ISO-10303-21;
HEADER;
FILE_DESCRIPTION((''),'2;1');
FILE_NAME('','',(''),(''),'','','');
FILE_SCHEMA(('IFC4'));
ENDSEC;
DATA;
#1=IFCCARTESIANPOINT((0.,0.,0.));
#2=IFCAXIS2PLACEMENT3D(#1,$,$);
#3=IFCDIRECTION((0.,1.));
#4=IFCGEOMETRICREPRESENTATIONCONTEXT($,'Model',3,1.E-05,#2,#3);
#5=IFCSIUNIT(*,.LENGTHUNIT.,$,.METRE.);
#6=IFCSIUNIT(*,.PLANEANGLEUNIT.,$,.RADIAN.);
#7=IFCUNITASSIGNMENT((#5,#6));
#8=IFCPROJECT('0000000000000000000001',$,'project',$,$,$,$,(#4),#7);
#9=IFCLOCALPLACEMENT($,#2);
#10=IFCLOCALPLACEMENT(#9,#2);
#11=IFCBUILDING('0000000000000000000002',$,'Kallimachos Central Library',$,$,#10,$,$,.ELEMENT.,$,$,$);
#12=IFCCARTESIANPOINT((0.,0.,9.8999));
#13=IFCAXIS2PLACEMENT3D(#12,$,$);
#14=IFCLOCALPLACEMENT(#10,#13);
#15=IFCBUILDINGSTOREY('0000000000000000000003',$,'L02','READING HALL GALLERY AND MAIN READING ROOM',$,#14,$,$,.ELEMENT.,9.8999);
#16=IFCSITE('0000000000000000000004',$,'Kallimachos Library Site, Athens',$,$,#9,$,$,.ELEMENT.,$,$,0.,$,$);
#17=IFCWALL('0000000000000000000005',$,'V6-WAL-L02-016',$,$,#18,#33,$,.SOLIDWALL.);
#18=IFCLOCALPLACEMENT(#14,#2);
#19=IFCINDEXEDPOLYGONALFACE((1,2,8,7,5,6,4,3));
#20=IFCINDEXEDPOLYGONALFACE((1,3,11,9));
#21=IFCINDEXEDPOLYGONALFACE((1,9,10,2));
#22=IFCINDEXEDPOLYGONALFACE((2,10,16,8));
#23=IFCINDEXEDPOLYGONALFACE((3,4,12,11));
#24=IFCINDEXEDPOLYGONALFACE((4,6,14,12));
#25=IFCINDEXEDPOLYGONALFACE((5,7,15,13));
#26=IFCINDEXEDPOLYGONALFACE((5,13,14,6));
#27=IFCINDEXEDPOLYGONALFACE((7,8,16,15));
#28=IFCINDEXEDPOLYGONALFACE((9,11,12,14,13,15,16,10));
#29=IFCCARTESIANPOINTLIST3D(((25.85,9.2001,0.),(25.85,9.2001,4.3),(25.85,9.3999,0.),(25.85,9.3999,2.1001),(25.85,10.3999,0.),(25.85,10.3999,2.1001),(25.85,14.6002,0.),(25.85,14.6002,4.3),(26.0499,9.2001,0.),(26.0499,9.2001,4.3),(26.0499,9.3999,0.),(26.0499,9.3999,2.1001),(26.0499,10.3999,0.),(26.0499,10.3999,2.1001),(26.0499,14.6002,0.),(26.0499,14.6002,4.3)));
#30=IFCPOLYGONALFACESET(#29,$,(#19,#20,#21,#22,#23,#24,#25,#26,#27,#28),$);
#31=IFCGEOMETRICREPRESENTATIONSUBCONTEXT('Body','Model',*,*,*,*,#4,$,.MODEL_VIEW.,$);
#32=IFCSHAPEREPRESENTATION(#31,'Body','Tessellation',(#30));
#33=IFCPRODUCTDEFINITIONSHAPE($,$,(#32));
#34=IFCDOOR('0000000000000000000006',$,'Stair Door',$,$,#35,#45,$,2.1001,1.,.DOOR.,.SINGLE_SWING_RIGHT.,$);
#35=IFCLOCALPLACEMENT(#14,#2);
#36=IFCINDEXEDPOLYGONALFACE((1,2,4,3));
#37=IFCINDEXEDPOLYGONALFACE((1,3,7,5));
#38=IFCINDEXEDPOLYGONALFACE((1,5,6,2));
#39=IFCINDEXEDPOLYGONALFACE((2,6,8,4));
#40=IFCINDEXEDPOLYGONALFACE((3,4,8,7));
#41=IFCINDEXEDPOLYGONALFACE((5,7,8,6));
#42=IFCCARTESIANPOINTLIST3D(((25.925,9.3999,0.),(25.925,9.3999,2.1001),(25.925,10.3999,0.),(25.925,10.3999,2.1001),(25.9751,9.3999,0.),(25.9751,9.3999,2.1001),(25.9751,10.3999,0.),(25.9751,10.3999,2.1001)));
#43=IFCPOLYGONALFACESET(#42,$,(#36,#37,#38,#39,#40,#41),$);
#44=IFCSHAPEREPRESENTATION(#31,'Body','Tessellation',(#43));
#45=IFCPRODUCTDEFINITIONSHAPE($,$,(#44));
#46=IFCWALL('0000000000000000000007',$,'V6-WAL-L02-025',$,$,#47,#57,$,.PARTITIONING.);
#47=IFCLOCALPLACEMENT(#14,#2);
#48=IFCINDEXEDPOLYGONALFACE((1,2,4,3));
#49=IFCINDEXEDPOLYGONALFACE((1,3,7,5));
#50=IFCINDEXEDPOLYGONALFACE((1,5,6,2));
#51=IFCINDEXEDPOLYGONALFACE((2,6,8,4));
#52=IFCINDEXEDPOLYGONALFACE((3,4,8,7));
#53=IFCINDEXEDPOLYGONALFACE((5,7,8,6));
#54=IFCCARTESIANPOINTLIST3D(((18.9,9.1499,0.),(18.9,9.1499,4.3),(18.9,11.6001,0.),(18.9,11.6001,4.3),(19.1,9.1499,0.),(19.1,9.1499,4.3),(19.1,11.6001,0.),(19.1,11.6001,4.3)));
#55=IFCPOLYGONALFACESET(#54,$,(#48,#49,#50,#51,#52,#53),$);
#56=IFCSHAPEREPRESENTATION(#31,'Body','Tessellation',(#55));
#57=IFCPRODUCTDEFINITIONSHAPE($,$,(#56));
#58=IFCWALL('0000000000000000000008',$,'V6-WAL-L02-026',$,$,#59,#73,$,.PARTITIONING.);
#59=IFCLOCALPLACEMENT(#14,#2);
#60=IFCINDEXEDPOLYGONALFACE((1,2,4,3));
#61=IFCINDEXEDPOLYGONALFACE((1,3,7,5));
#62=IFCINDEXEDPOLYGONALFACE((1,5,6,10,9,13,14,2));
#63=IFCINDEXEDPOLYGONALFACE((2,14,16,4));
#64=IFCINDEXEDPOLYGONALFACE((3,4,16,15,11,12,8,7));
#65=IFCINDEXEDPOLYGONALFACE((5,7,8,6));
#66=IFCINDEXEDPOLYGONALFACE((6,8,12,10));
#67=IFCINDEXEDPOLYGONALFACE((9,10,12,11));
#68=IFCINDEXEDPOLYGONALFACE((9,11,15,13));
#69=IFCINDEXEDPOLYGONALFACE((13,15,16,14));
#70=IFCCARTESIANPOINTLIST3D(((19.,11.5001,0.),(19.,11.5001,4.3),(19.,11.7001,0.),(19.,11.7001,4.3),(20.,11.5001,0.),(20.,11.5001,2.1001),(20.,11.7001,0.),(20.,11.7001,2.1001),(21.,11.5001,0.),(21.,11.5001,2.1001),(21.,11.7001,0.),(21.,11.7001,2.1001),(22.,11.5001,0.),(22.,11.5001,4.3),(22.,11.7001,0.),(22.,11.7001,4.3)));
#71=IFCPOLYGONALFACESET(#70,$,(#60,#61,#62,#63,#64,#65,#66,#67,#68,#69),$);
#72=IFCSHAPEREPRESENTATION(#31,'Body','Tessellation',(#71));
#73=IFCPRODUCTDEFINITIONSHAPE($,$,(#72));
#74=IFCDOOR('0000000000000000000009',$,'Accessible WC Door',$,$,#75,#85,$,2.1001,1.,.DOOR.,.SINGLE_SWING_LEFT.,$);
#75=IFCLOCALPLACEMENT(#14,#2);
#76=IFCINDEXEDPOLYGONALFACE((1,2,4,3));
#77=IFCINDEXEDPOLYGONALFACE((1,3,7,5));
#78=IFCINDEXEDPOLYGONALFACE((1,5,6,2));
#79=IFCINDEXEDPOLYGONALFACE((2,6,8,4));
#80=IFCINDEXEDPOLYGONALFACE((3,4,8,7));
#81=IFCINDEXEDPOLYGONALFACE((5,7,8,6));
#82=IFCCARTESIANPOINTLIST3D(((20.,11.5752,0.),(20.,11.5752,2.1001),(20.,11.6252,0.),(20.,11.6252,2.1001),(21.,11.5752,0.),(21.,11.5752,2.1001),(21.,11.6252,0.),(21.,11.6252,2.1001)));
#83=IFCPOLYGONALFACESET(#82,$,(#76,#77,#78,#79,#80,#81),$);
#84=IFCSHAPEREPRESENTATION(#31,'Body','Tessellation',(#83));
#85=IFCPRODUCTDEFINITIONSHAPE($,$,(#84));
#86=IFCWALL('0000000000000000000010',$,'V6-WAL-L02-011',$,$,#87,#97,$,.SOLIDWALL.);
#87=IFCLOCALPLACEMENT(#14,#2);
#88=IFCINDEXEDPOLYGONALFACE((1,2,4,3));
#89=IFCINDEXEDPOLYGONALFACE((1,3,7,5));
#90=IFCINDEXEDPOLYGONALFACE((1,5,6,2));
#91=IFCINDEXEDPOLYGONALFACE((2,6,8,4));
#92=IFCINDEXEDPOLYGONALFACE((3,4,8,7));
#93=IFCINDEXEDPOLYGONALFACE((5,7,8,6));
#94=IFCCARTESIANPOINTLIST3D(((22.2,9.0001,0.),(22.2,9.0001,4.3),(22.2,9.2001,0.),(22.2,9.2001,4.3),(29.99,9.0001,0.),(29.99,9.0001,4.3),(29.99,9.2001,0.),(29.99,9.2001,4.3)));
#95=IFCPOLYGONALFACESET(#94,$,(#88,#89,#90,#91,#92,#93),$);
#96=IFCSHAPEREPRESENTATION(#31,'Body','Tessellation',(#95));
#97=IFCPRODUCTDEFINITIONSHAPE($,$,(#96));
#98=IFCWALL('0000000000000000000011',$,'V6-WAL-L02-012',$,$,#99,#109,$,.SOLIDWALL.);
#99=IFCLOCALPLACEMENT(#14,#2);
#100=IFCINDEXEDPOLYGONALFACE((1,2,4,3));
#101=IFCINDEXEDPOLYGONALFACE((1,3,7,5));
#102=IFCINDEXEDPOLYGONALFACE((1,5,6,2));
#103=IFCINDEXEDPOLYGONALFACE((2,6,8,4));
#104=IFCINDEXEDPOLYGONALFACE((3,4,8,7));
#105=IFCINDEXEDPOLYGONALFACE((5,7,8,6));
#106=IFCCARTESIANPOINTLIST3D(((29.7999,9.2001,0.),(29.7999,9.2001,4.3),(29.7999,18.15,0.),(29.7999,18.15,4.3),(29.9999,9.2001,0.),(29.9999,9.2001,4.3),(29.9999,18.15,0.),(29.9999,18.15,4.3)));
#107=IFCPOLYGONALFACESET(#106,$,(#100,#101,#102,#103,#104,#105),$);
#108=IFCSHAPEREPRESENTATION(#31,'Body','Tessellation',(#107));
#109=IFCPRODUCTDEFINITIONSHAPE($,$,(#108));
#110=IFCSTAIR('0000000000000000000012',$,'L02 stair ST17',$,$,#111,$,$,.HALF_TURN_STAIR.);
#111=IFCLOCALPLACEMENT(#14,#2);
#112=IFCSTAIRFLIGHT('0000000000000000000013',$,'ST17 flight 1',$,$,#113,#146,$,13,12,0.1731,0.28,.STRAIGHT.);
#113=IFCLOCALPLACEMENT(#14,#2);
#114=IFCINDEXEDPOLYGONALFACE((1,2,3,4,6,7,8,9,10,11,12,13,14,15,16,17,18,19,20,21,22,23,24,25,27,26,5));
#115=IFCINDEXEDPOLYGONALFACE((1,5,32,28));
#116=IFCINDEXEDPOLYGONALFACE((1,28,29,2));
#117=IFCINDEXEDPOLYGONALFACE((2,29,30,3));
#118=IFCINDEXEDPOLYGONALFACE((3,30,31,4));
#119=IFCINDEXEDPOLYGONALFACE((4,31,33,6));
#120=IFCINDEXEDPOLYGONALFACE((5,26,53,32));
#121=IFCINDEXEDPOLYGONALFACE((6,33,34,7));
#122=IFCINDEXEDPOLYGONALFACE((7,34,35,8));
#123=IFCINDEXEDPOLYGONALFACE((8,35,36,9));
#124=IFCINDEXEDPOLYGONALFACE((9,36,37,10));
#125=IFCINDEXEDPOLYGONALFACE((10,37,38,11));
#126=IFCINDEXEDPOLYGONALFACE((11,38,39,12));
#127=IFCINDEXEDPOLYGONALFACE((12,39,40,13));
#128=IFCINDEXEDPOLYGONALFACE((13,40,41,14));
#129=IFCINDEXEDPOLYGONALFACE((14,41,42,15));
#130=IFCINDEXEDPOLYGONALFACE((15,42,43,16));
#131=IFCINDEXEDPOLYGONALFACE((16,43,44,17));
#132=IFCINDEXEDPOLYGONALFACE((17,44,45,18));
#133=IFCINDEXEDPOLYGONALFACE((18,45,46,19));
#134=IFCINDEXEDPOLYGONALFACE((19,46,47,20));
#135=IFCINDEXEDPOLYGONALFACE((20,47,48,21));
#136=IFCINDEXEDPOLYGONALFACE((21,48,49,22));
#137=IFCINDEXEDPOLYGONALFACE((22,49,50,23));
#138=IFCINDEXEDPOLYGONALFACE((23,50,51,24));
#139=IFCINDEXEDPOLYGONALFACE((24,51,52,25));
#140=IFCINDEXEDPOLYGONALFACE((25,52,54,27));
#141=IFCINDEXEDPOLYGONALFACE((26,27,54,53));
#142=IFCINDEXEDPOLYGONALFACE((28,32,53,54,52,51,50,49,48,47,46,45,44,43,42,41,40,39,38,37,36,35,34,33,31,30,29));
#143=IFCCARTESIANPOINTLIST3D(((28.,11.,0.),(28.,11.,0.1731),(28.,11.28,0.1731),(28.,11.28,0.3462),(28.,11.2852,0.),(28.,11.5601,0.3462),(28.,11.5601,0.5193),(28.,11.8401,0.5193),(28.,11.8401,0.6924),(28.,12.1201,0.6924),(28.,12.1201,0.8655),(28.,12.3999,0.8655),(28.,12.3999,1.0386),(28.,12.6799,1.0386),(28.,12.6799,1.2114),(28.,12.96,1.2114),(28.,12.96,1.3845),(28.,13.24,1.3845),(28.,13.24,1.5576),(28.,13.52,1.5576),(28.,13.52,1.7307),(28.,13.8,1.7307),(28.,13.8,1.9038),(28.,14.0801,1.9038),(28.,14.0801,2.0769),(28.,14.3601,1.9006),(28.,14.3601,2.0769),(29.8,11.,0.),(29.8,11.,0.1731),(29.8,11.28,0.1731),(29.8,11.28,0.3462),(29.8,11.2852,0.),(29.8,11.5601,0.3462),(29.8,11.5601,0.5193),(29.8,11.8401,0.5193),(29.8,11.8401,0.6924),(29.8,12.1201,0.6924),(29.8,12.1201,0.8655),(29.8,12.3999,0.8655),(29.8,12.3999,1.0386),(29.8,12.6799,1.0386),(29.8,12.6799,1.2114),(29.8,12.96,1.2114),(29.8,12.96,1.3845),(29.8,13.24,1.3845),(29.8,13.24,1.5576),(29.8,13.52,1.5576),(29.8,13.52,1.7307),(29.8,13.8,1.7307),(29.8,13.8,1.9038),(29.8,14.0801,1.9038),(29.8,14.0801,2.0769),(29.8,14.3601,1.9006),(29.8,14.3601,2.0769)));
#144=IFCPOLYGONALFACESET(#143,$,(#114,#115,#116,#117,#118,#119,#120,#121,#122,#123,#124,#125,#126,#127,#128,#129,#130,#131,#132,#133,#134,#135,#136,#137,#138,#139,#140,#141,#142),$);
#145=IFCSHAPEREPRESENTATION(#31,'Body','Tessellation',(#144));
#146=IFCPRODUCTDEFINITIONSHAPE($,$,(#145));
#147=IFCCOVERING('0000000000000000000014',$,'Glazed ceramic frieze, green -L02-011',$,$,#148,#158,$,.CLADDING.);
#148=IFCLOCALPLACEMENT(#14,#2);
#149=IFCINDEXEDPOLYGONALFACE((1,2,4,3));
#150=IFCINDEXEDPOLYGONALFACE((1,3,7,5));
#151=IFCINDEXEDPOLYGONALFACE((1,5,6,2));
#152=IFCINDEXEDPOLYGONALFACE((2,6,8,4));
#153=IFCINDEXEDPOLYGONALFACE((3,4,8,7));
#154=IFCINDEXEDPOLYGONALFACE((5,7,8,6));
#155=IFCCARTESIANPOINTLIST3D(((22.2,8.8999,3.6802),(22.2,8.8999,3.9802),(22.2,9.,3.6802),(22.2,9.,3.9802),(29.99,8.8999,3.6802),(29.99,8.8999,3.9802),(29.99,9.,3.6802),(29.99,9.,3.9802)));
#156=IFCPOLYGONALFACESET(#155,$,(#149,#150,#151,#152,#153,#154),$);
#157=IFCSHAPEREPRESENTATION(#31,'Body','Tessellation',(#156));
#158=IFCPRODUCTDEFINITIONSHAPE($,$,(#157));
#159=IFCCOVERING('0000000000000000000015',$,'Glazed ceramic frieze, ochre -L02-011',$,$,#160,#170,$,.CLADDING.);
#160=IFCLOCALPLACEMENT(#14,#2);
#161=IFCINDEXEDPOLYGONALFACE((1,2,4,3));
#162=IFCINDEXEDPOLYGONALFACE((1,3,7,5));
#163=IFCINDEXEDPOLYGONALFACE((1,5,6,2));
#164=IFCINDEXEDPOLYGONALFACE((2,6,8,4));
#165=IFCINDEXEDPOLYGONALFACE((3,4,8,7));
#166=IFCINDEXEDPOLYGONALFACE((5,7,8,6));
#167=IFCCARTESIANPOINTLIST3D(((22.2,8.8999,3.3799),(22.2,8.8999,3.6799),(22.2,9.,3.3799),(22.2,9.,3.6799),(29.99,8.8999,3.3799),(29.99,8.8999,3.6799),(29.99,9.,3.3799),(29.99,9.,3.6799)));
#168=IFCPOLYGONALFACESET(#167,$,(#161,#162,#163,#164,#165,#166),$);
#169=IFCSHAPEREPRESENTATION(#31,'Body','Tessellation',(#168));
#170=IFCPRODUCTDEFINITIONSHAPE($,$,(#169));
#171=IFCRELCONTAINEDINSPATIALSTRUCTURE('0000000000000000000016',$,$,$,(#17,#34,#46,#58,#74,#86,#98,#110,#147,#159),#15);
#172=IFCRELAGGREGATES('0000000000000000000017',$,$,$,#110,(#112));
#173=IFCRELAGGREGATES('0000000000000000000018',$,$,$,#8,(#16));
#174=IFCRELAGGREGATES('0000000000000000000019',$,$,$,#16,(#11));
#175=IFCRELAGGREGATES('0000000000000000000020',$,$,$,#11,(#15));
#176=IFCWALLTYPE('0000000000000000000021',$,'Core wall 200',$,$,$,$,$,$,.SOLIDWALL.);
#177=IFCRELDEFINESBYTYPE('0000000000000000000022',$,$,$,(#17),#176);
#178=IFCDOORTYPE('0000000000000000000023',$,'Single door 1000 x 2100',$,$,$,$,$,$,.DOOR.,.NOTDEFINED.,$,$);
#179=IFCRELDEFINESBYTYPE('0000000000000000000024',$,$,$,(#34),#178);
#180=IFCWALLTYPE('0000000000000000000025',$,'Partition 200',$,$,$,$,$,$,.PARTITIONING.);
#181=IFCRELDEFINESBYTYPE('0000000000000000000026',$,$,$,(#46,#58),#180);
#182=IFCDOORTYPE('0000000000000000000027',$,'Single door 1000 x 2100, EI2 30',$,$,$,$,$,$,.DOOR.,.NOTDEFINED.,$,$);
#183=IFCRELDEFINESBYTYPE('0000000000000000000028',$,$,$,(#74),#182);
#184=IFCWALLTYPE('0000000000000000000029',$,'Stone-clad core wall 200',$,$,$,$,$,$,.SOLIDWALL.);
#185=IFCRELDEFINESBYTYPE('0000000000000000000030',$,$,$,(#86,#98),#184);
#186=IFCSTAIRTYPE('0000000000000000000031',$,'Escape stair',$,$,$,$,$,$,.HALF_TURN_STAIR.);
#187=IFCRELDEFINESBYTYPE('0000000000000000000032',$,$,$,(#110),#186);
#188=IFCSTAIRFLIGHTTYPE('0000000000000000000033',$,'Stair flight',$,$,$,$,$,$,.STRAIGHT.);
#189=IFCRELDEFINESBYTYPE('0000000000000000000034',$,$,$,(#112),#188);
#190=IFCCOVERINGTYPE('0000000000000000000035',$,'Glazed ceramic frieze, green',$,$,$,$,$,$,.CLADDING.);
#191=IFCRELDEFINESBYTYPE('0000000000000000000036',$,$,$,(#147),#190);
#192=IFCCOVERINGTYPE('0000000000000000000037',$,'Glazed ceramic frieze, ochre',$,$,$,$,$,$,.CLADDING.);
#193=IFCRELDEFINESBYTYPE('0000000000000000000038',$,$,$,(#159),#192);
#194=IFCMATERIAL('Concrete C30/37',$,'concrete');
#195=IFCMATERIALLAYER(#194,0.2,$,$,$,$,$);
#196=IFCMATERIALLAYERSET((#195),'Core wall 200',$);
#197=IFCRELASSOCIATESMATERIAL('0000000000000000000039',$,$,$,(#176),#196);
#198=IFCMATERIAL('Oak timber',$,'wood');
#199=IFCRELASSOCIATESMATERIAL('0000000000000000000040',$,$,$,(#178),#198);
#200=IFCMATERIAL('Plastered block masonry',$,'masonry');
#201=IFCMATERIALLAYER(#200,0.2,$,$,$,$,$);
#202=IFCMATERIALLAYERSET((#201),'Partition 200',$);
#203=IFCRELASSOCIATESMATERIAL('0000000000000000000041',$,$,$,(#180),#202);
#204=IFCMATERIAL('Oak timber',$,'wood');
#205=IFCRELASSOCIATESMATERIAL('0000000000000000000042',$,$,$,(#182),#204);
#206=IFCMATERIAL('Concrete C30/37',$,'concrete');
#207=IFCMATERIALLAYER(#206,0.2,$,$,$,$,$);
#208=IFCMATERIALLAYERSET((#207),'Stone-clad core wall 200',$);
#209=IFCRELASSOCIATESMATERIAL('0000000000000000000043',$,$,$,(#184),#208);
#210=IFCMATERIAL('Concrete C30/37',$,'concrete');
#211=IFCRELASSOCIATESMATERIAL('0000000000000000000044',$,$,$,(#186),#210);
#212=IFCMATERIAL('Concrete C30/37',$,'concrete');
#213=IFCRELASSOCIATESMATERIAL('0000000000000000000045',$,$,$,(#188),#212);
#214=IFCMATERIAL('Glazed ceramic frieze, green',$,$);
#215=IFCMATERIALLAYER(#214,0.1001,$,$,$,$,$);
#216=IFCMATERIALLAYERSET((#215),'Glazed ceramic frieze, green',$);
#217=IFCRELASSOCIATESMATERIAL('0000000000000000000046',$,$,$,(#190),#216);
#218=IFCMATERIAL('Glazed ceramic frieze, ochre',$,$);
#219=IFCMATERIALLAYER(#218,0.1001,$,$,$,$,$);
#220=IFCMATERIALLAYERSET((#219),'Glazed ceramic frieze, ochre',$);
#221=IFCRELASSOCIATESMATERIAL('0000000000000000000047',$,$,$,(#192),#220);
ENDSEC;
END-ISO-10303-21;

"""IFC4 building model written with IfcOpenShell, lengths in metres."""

from ifc_helpers import new_model, si_unit, direction, frame, frame_2d, origin, origin_2d, place, context, subcontext, project, spatial, polyline, rectangle, outline, extrude, material, layer, layer_set, type_object, element, fill, aggregate, save


model = new_model("IFC4")

# Units and contexts
model_context = context("Model", 3, precision=1e-05, world=origin(), true_north=direction((0.0, 1.0)))
body_context = subcontext(model_context, "Body", "Model", "MODEL_VIEW")
ifc_project = project(units=[si_unit("LENGTHUNIT", "METRE"), si_unit("PLANEANGLEUNIT", "RADIAN")], contexts=[model_context])

# Site, building, storey
site_placement = place(None, origin())
site = spatial("IfcSite", under=ifc_project, at=site_placement, Name="Kallimachos Library Site, Athens", CompositionType="ELEMENT", RefElevation=0.0)
building_placement = place(site_placement, origin())
building = spatial("IfcBuilding", under=site, at=building_placement, Name="Kallimachos Central Library", CompositionType="ELEMENT")
storey_placement = place(building_placement, frame((0.0, 0.0, 9.8999)))
storey = spatial("IfcBuildingStorey", under=building, at=storey_placement, Name="L02", Description="READING HALL GALLERY AND MAIN READING ROOM", CompositionType="ELEMENT", Elevation=9.8999)

# Wall, opening, door
ifc_material_1 = material(Name="Concrete C30/37", Category="concrete")
ifc_layer_1 = layer(ifc_material_1, 0.2)
ifc_layer_set_1 = layer_set([ifc_layer_1], Name="Core wall 200")
wall_type_1 = type_object("IfcWallType", Name="Core wall 200", PredefinedType="SOLIDWALL", material=ifc_layer_set_1)
ifc_material_2 = material(Name="Oak timber", Category="wood")
door_type_1 = type_object("IfcDoorType", Name="Single door 1000 x 2100", OperationType="NOTDEFINED", PredefinedType="DOOR", material=ifc_material_2)
wall_1_placement = place(storey_placement, frame((25.95, 9.2, 0.0), z_axis=(0.0, 0.0, 1.0), x_axis=(0.0, 1.0, 0.0)))
wall_1 = element("IfcWall", 1, at=wall_1_placement, inside=storey, type_object=wall_type_1, Name="V6-WAL-L02-016", PredefinedType="SOLIDWALL", context=body_context, shape_type="SweptSolid", body=[
    extrude(rectangle(XDim=5.4001, YDim=0.2, at=frame_2d((2.7002, 0.0))), origin(), (0.0, 0.0, 1.0), 4.3),
])
opening_1_placement = place(wall_1_placement, frame((0.2, 0.0, 0.0)))
opening_1 = element("IfcOpeningElement", 2, at=opening_1_placement, cuts=wall_1, PredefinedType="OPENING", context=body_context, shape_type="SweptSolid", body=[
    extrude(rectangle(XDim=1.0, YDim=2.1001, at=frame_2d((0.5, 1.05))), frame((0.0, 0.1099, 0.0), z_axis=(0.0, -1.0, 0.0), x_axis=(1.0, 0.0, 0.0)), (0.0, 0.0, 1.0), 0.22),
])
door_1_placement = place(opening_1_placement, origin())
door_1 = element("IfcDoor", 3, at=door_1_placement, inside=storey, type_object=door_type_1, Name="Stair Door", OperationType="SINGLE_SWING_RIGHT", OverallHeight=2.1001, OverallWidth=1.0, PredefinedType="DOOR", context=body_context, shape_type="SweptSolid", body=[
    extrude(rectangle(XDim=1.0, YDim=2.1001, at=frame_2d((0.5, 1.05))), frame((0.0, 0.0249, 0.0), z_axis=(0.0, -1.0, 0.0), x_axis=(1.0, 0.0, 0.0)), (0.0, 0.0, 1.0), 0.05),
])
fill(opening_1, door_1)

# Wall
ifc_material_3 = material(Name="Plastered block masonry", Category="masonry")
ifc_layer_2 = layer(ifc_material_3, 0.2)
ifc_layer_set_2 = layer_set([ifc_layer_2], Name="Partition 200")
wall_type_2 = type_object("IfcWallType", Name="Partition 200", PredefinedType="PARTITIONING", material=ifc_layer_set_2)
wall_2_placement = place(storey_placement, frame((19.0, 9.1499, 0.0), z_axis=(0.0, 0.0, 1.0), x_axis=(0.0, 1.0, 0.0)))
element("IfcWall", 4, at=wall_2_placement, inside=storey, type_object=wall_type_2, Name="V6-WAL-L02-025", PredefinedType="PARTITIONING", context=body_context, shape_type="SweptSolid", body=[
    extrude(rectangle(XDim=2.4502, YDim=0.2, at=frame_2d((1.2251, 0.0))), origin(), (0.0, 0.0, 1.0), 4.3),
])

# Wall, opening, door
wall_3_placement = place(storey_placement, frame((19.0, 11.6001, 0.0), z_axis=(0.0, 0.0, 1.0), x_axis=(1.0, 0.0, 0.0)))
wall_3 = element("IfcWall", 5, at=wall_3_placement, inside=storey, type_object=wall_type_2, Name="V6-WAL-L02-026", PredefinedType="PARTITIONING", context=body_context, shape_type="SweptSolid", body=[
    extrude(rectangle(XDim=3.0, YDim=0.2, at=frame_2d((1.5, 0.0))), origin(), (0.0, 0.0, 1.0), 4.3),
])
opening_2_placement = place(wall_3_placement, frame((1.0, 0.0, 0.0)))
opening_2 = element("IfcOpeningElement", 6, at=opening_2_placement, cuts=wall_3, PredefinedType="OPENING", context=body_context, shape_type="SweptSolid", body=[
    extrude(rectangle(XDim=1.0, YDim=2.1001, at=frame_2d((0.5, 1.05))), frame((0.0, 0.1099, 0.0), z_axis=(0.0, -1.0, 0.0), x_axis=(1.0, 0.0, 0.0)), (0.0, 0.0, 1.0), 0.22),
])
ifc_material_4 = material(Name="Oak timber", Category="wood")
door_type_2 = type_object("IfcDoorType", Name="Single door 1000 x 2100, EI2 30", OperationType="NOTDEFINED", PredefinedType="DOOR", material=ifc_material_4)
door_2_placement = place(opening_2_placement, frame((1.0, 0.0, 0.0), z_axis=(0.0, 0.0, 1.0), x_axis=(-1.0, 0.0, 0.0)))
door_2 = element("IfcDoor", 7, at=door_2_placement, inside=storey, type_object=door_type_2, Name="Accessible WC Door", OperationType="SINGLE_SWING_LEFT", OverallHeight=2.1001, OverallWidth=1.0, PredefinedType="DOOR", context=body_context, shape_type="SweptSolid", body=[
    extrude(rectangle(XDim=1.0, YDim=2.1001, at=frame_2d((0.5, 1.05))), frame((0.0, 0.0249, 0.0), z_axis=(0.0, -1.0, 0.0), x_axis=(1.0, 0.0, 0.0)), (0.0, 0.0, 1.0), 0.05),
])
fill(opening_2, door_2)

# Walls
ifc_material_5 = material(Name="Concrete C30/37", Category="concrete")
ifc_layer_3 = layer(ifc_material_5, 0.2)
ifc_layer_set_3 = layer_set([ifc_layer_3], Name="Stone-clad core wall 200")
wall_type_3 = type_object("IfcWallType", Name="Stone-clad core wall 200", PredefinedType="SOLIDWALL", material=ifc_layer_set_3)
wall_4_placement = place(storey_placement, frame((22.2, 9.1001, 0.0), z_axis=(0.0, 0.0, 1.0), x_axis=(1.0, 0.0, 0.0)))
element("IfcWall", 8, at=wall_4_placement, inside=storey, type_object=wall_type_3, Name="V6-WAL-L02-011", PredefinedType="SOLIDWALL", context=body_context, shape_type="SweptSolid", body=[
    extrude(rectangle(XDim=7.79, YDim=0.2, at=frame_2d((3.895, 0.0))), origin(), (0.0, 0.0, 1.0), 4.3),
])
wall_5_placement = place(storey_placement, frame((29.8999, 9.2, 0.0), z_axis=(0.0, 0.0, 1.0), x_axis=(0.0, 1.0, 0.0)))
element("IfcWall", 9, at=wall_5_placement, inside=storey, type_object=wall_type_3, Name="V6-WAL-L02-012", PredefinedType="SOLIDWALL", context=body_context, shape_type="SweptSolid", body=[
    extrude(rectangle(XDim=8.95, YDim=0.2, at=frame_2d((4.4751, 0.0))), origin(), (0.0, 0.0, 1.0), 4.3),
])

# Stair, stair flight
ifc_material_6 = material(Name="Concrete C30/37", Category="concrete")
stair_type = type_object("IfcStairType", Name="Escape stair", PredefinedType="HALF_TURN_STAIR", material=ifc_material_6)
stair_placement = place(storey_placement, origin())
stair = element("IfcStair", 10, at=stair_placement, inside=storey, type_object=stair_type, Name="L02 stair ST17", PredefinedType="HALF_TURN_STAIR")
ifc_material_7 = material(Name="Concrete C30/37", Category="concrete")
stair_flight_type = type_object("IfcStairFlightType", Name="Stair flight", PredefinedType="STRAIGHT", material=ifc_material_7)
stair_flight_placement = place(storey_placement, frame((28.8999, 11.0, 0.0), z_axis=(0.0, 0.0, 1.0), x_axis=(0.0, 1.0, 0.0)))
stair_flight = element("IfcStairFlight", 11, at=stair_flight_placement, type_object=stair_flight_type, Name="ST17 flight 1", NumberOfRisers=13, NumberOfTreads=12, PredefinedType="STRAIGHT", RiserHeight=0.1731, TreadLength=0.28, context=body_context, shape_type="SweptSolid", body=[
    extrude(outline(polyline([(0.0, 0.0), (0.0, 0.1731), (0.28, 0.1731), (0.28, 0.3462), (0.5601, 0.3462), (0.5601, 0.5193), (0.8401, 0.5193), (0.8401, 0.6924), (1.1201, 0.6924), (1.1201, 0.8655), (1.3999, 0.8655), (1.3999, 1.0386), (1.6799, 1.0386), (1.6799, 1.2114), (1.96, 1.2114), (1.96, 1.3845), (2.24, 1.3845), (2.24, 1.5576), (2.52, 1.5576), (2.52, 1.7307), (2.8, 1.7307), (2.8, 1.9038), (3.0801, 1.9038), (3.0801, 2.0769), (3.3601, 2.0769), (3.3601, 2.25), (3.3601, 1.9006), (0.2852, 0.0), (0.0, 0.0)])), frame((0.0, 0.8999, 0.0), z_axis=(0.0, -1.0, 0.0), x_axis=(1.0, 0.0, 0.0)), (0.0, 0.0, 1.0), 1.8),
])
aggregate(stair, [stair_flight])

# Coverings
ifc_material_8 = material(Name="Glazed ceramic frieze, green")
ifc_layer_4 = layer(ifc_material_8, 0.1001)
ifc_layer_set_4 = layer_set([ifc_layer_4], Name="Glazed ceramic frieze, green")
covering_type_1 = type_object("IfcCoveringType", Name="Glazed ceramic frieze, green", PredefinedType="CLADDING", material=ifc_layer_set_4)
covering_1_placement = place(storey_placement, frame((26.095, 8.95, 3.6802), z_axis=(0.0, 0.0, 1.0), x_axis=(1.0, 0.0, 0.0)))
element("IfcCovering", 12, at=covering_1_placement, inside=storey, type_object=covering_type_1, Name="Glazed ceramic frieze, green -L02-011", PredefinedType="CLADDING", context=body_context, shape_type="SweptSolid", body=[
    extrude(rectangle(XDim=7.79, YDim=0.1001, at=origin_2d()), origin(), (0.0, 0.0, 1.0), 0.3),
])
ifc_material_9 = material(Name="Glazed ceramic frieze, ochre")
ifc_layer_5 = layer(ifc_material_9, 0.1001)
ifc_layer_set_5 = layer_set([ifc_layer_5], Name="Glazed ceramic frieze, ochre")
covering_type_2 = type_object("IfcCoveringType", Name="Glazed ceramic frieze, ochre", PredefinedType="CLADDING", material=ifc_layer_set_5)
covering_2_placement = place(storey_placement, frame((26.095, 8.95, 3.3799), z_axis=(0.0, 0.0, 1.0), x_axis=(1.0, 0.0, 0.0)))
element("IfcCovering", 13, at=covering_2_placement, inside=storey, type_object=covering_type_2, Name="Glazed ceramic frieze, ochre -L02-011", PredefinedType="CLADDING", context=body_context, shape_type="SweptSolid", body=[
    extrude(rectangle(XDim=7.79, YDim=0.1001, at=origin_2d()), origin(), (0.0, 0.0, 1.0), 0.3),
])

save(model, "model.ifc")
